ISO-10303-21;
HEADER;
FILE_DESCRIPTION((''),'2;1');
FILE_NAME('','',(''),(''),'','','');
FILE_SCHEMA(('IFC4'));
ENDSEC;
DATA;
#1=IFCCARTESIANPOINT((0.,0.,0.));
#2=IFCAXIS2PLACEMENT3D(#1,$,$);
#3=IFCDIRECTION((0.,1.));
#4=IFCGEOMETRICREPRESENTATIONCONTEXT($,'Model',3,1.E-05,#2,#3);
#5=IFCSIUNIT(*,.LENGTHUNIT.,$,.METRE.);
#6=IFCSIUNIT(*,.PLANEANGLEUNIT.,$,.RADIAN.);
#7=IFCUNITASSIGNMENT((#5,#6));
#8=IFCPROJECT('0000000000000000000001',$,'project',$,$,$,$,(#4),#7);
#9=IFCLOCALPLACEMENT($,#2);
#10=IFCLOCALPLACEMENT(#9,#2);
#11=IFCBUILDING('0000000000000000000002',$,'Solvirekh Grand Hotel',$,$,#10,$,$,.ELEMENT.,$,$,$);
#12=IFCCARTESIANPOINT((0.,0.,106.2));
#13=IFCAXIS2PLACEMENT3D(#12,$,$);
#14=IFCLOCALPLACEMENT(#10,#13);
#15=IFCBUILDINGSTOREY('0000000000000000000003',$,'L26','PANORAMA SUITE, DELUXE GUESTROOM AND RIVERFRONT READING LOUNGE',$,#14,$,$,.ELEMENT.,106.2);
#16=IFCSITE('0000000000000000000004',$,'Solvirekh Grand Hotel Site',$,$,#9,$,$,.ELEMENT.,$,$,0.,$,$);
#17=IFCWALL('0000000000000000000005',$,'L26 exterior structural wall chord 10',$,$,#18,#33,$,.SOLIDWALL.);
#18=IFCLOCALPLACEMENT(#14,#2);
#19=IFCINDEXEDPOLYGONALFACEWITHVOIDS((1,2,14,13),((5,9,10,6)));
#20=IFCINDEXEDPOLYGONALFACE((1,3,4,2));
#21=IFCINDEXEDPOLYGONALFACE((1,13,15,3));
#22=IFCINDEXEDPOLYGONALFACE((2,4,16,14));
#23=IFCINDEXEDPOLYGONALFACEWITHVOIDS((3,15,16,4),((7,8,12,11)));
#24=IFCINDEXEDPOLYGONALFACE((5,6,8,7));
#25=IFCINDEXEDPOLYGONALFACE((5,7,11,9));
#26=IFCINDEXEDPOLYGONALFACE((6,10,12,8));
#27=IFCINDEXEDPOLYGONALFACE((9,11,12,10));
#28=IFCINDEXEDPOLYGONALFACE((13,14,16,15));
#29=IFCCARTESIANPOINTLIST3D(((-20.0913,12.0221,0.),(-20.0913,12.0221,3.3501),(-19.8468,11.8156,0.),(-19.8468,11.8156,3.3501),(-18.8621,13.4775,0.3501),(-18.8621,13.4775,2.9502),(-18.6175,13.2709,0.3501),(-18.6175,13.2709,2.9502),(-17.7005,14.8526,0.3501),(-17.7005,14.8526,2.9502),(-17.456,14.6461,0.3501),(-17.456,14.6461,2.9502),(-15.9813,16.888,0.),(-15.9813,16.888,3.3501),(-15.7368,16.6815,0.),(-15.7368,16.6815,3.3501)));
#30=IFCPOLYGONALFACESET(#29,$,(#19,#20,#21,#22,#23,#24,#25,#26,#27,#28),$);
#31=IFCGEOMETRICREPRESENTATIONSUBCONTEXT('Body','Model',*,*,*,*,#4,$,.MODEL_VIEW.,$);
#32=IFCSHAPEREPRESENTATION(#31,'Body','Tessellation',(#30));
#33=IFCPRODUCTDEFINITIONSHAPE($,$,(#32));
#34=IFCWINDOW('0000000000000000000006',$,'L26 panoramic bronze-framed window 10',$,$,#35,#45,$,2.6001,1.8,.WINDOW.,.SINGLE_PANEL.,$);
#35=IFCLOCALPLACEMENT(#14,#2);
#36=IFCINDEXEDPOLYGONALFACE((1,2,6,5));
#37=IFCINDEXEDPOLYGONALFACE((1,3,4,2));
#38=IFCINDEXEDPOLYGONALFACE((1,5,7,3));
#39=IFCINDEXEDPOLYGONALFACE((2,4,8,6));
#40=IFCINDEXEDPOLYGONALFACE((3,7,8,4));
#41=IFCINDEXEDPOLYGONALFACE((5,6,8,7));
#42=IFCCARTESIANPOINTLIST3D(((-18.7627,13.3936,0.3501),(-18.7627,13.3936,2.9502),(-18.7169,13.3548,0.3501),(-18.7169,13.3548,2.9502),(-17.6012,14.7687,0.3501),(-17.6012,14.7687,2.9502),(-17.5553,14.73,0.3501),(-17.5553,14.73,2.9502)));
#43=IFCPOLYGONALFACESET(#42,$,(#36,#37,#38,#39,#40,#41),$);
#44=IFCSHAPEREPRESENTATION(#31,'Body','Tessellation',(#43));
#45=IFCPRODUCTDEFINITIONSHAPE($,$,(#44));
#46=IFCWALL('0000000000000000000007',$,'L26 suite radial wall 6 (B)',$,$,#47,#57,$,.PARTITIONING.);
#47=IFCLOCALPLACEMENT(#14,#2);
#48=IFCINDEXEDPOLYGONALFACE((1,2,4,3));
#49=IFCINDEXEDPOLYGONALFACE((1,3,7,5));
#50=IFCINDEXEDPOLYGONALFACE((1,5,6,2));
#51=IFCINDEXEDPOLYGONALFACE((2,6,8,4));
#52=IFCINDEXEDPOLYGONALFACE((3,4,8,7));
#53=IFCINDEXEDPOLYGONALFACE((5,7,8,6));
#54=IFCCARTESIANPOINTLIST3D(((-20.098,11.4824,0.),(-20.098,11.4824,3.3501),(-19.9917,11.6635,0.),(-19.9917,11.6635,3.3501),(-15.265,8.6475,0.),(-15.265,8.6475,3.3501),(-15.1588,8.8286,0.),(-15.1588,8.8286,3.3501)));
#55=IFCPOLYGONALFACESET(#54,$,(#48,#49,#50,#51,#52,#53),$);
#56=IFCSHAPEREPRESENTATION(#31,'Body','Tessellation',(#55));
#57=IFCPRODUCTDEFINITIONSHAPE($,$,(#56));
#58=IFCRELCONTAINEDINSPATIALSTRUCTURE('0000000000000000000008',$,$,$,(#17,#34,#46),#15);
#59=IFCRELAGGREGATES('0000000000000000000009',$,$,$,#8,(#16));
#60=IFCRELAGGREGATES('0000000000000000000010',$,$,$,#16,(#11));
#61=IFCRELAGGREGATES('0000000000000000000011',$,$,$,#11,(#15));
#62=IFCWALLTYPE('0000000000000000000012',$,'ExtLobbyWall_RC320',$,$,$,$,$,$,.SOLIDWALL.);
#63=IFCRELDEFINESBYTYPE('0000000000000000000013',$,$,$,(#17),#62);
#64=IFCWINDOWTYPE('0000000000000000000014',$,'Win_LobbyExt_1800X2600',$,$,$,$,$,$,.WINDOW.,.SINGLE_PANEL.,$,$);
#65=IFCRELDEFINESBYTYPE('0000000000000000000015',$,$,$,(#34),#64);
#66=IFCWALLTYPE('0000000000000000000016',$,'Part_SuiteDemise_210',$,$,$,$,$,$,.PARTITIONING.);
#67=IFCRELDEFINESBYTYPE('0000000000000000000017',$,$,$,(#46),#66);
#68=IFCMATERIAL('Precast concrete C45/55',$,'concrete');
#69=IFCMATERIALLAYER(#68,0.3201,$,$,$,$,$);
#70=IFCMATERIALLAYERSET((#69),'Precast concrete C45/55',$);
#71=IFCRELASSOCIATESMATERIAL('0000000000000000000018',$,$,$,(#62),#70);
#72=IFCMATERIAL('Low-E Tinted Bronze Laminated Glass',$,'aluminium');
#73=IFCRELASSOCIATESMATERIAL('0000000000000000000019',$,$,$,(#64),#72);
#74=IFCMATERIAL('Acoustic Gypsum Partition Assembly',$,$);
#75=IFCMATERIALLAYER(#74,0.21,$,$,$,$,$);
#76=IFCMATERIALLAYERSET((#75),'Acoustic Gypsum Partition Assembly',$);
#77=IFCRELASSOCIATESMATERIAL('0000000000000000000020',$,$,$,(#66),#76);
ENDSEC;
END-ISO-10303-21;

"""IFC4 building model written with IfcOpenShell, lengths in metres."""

from ifc_helpers import new_model, si_unit, direction, frame, frame_2d, origin, place, context, subcontext, project, spatial, rectangle, extrude, material, layer, layer_set, type_object, element, fill, save


model = new_model("IFC4")

# Units and contexts
model_context = context("Model", 3, precision=1e-05, world=origin(), true_north=direction((0.0, 1.0)))
body_context = subcontext(model_context, "Body", "Model", "MODEL_VIEW")
ifc_project = project(units=[si_unit("LENGTHUNIT", "METRE"), si_unit("PLANEANGLEUNIT", "RADIAN")], contexts=[model_context])

# Site, building, storey
site_placement = place(None, origin())
site = spatial("IfcSite", under=ifc_project, at=site_placement, Name="Solvirekh Grand Hotel Site", CompositionType="ELEMENT", RefElevation=0.0)
building_placement = place(site_placement, origin())
building = spatial("IfcBuilding", under=site, at=building_placement, Name="Solvirekh Grand Hotel", CompositionType="ELEMENT")
storey_placement = place(building_placement, frame((0.0, 0.0, 106.2)))
storey = spatial("IfcBuildingStorey", under=building, at=storey_placement, Name="L26", Description="PANORAMA SUITE, DELUXE GUESTROOM AND RIVERFRONT READING LOUNGE", CompositionType="ELEMENT", Elevation=106.2)

# Shared definitions
ifc_material_1 = material(Name="Low-E Tinted Bronze Laminated Glass", Category="aluminium")

# Wall, opening, window
ifc_material_2 = material(Name="Precast concrete C45/55", Category="concrete")
ifc_layer_1 = layer(ifc_material_2, 0.3201)
ifc_layer_set_1 = layer_set([ifc_layer_1], Name="Precast concrete C45/55")
wall_type_1 = type_object("IfcWallType", Name="ExtLobbyWall_RC320", PredefinedType="SOLIDWALL", material=ifc_layer_set_1)
window_type = type_object("IfcWindowType", Name="Win_LobbyExt_1800X2600", PartitioningType="SINGLE_PANEL", PredefinedType="WINDOW", material=ifc_material_1)
wall_1_placement = place(storey_placement, frame((-19.969, 11.9189, 0.0), z_axis=(0.0, 0.0, 1.0), x_axis=(0.645279, 0.763947, 0.0)))
wall_1 = element("IfcWall", 1, at=wall_1_placement, inside=storey, type_object=wall_type_1, Name="L26 exterior structural wall chord 10", PredefinedType="SOLIDWALL", context=body_context, shape_type="SweptSolid", body=[
    extrude(rectangle(XDim=6.3694, YDim=0.3201, at=frame_2d((3.1846, 0.0))), origin(), (0.0, 0.0, 1.0), 3.3501),
])
opening_1_placement = place(wall_1_placement, frame((1.905, 0.0, 0.3501)))
opening_1 = element("IfcOpeningElement", 2, at=opening_1_placement, cuts=wall_1, PredefinedType="OPENING", context=body_context, shape_type="SweptSolid", body=[
    extrude(rectangle(XDim=1.8, YDim=2.6001, at=frame_2d((0.8999, 1.3))), frame((0.0, 0.1699, 0.0), z_axis=(0.0, -1.0, 0.0), x_axis=(1.0, 0.0, 0.0)), (0.0, 0.0, 1.0), 0.3401),
])
window_1_placement = place(opening_1_placement, origin())
window_1 = element("IfcWindow", 3, at=window_1_placement, inside=storey, type_object=window_type, Name="L26 panoramic bronze-framed window 10", OverallHeight=2.6001, OverallWidth=1.8, PartitioningType="SINGLE_PANEL", PredefinedType="WINDOW", context=body_context, shape_type="SweptSolid", body=[
    extrude(rectangle(XDim=1.8, YDim=2.6001, at=frame_2d((0.8999, 1.3))), frame((0.0, 0.03, 0.0), z_axis=(0.0, -1.0, 0.0), x_axis=(1.0, 0.0, 0.0)), (0.0, 0.0, 1.0), 0.0601),
])
fill(opening_1, window_1)

# Wall
ifc_material_3 = material(Name="Acoustic Gypsum Partition Assembly")
ifc_layer_2 = layer(ifc_material_3, 0.21)
ifc_layer_set_2 = layer_set([ifc_layer_2], Name="Acoustic Gypsum Partition Assembly")
wall_type_2 = type_object("IfcWallType", Name="Part_SuiteDemise_210", PredefinedType="PARTITIONING", material=ifc_layer_set_2)
wall_2_placement = place(storey_placement, frame((-15.2119, 8.738, 0.0), z_axis=(0.0, 0.0, 1.0), x_axis=(-0.862556, 0.505961, 0.0)))
element("IfcWall", 4, at=wall_2_placement, inside=storey, type_object=wall_type_2, Name="L26 suite radial wall 6 (B)", PredefinedType="PARTITIONING", context=body_context, shape_type="SweptSolid", body=[
    extrude(rectangle(XDim=5.603, YDim=0.21, at=frame_2d((2.8015, 0.0))), origin(), (0.0, 0.0, 1.0), 3.3501),
])

save(model, "model.ifc")
